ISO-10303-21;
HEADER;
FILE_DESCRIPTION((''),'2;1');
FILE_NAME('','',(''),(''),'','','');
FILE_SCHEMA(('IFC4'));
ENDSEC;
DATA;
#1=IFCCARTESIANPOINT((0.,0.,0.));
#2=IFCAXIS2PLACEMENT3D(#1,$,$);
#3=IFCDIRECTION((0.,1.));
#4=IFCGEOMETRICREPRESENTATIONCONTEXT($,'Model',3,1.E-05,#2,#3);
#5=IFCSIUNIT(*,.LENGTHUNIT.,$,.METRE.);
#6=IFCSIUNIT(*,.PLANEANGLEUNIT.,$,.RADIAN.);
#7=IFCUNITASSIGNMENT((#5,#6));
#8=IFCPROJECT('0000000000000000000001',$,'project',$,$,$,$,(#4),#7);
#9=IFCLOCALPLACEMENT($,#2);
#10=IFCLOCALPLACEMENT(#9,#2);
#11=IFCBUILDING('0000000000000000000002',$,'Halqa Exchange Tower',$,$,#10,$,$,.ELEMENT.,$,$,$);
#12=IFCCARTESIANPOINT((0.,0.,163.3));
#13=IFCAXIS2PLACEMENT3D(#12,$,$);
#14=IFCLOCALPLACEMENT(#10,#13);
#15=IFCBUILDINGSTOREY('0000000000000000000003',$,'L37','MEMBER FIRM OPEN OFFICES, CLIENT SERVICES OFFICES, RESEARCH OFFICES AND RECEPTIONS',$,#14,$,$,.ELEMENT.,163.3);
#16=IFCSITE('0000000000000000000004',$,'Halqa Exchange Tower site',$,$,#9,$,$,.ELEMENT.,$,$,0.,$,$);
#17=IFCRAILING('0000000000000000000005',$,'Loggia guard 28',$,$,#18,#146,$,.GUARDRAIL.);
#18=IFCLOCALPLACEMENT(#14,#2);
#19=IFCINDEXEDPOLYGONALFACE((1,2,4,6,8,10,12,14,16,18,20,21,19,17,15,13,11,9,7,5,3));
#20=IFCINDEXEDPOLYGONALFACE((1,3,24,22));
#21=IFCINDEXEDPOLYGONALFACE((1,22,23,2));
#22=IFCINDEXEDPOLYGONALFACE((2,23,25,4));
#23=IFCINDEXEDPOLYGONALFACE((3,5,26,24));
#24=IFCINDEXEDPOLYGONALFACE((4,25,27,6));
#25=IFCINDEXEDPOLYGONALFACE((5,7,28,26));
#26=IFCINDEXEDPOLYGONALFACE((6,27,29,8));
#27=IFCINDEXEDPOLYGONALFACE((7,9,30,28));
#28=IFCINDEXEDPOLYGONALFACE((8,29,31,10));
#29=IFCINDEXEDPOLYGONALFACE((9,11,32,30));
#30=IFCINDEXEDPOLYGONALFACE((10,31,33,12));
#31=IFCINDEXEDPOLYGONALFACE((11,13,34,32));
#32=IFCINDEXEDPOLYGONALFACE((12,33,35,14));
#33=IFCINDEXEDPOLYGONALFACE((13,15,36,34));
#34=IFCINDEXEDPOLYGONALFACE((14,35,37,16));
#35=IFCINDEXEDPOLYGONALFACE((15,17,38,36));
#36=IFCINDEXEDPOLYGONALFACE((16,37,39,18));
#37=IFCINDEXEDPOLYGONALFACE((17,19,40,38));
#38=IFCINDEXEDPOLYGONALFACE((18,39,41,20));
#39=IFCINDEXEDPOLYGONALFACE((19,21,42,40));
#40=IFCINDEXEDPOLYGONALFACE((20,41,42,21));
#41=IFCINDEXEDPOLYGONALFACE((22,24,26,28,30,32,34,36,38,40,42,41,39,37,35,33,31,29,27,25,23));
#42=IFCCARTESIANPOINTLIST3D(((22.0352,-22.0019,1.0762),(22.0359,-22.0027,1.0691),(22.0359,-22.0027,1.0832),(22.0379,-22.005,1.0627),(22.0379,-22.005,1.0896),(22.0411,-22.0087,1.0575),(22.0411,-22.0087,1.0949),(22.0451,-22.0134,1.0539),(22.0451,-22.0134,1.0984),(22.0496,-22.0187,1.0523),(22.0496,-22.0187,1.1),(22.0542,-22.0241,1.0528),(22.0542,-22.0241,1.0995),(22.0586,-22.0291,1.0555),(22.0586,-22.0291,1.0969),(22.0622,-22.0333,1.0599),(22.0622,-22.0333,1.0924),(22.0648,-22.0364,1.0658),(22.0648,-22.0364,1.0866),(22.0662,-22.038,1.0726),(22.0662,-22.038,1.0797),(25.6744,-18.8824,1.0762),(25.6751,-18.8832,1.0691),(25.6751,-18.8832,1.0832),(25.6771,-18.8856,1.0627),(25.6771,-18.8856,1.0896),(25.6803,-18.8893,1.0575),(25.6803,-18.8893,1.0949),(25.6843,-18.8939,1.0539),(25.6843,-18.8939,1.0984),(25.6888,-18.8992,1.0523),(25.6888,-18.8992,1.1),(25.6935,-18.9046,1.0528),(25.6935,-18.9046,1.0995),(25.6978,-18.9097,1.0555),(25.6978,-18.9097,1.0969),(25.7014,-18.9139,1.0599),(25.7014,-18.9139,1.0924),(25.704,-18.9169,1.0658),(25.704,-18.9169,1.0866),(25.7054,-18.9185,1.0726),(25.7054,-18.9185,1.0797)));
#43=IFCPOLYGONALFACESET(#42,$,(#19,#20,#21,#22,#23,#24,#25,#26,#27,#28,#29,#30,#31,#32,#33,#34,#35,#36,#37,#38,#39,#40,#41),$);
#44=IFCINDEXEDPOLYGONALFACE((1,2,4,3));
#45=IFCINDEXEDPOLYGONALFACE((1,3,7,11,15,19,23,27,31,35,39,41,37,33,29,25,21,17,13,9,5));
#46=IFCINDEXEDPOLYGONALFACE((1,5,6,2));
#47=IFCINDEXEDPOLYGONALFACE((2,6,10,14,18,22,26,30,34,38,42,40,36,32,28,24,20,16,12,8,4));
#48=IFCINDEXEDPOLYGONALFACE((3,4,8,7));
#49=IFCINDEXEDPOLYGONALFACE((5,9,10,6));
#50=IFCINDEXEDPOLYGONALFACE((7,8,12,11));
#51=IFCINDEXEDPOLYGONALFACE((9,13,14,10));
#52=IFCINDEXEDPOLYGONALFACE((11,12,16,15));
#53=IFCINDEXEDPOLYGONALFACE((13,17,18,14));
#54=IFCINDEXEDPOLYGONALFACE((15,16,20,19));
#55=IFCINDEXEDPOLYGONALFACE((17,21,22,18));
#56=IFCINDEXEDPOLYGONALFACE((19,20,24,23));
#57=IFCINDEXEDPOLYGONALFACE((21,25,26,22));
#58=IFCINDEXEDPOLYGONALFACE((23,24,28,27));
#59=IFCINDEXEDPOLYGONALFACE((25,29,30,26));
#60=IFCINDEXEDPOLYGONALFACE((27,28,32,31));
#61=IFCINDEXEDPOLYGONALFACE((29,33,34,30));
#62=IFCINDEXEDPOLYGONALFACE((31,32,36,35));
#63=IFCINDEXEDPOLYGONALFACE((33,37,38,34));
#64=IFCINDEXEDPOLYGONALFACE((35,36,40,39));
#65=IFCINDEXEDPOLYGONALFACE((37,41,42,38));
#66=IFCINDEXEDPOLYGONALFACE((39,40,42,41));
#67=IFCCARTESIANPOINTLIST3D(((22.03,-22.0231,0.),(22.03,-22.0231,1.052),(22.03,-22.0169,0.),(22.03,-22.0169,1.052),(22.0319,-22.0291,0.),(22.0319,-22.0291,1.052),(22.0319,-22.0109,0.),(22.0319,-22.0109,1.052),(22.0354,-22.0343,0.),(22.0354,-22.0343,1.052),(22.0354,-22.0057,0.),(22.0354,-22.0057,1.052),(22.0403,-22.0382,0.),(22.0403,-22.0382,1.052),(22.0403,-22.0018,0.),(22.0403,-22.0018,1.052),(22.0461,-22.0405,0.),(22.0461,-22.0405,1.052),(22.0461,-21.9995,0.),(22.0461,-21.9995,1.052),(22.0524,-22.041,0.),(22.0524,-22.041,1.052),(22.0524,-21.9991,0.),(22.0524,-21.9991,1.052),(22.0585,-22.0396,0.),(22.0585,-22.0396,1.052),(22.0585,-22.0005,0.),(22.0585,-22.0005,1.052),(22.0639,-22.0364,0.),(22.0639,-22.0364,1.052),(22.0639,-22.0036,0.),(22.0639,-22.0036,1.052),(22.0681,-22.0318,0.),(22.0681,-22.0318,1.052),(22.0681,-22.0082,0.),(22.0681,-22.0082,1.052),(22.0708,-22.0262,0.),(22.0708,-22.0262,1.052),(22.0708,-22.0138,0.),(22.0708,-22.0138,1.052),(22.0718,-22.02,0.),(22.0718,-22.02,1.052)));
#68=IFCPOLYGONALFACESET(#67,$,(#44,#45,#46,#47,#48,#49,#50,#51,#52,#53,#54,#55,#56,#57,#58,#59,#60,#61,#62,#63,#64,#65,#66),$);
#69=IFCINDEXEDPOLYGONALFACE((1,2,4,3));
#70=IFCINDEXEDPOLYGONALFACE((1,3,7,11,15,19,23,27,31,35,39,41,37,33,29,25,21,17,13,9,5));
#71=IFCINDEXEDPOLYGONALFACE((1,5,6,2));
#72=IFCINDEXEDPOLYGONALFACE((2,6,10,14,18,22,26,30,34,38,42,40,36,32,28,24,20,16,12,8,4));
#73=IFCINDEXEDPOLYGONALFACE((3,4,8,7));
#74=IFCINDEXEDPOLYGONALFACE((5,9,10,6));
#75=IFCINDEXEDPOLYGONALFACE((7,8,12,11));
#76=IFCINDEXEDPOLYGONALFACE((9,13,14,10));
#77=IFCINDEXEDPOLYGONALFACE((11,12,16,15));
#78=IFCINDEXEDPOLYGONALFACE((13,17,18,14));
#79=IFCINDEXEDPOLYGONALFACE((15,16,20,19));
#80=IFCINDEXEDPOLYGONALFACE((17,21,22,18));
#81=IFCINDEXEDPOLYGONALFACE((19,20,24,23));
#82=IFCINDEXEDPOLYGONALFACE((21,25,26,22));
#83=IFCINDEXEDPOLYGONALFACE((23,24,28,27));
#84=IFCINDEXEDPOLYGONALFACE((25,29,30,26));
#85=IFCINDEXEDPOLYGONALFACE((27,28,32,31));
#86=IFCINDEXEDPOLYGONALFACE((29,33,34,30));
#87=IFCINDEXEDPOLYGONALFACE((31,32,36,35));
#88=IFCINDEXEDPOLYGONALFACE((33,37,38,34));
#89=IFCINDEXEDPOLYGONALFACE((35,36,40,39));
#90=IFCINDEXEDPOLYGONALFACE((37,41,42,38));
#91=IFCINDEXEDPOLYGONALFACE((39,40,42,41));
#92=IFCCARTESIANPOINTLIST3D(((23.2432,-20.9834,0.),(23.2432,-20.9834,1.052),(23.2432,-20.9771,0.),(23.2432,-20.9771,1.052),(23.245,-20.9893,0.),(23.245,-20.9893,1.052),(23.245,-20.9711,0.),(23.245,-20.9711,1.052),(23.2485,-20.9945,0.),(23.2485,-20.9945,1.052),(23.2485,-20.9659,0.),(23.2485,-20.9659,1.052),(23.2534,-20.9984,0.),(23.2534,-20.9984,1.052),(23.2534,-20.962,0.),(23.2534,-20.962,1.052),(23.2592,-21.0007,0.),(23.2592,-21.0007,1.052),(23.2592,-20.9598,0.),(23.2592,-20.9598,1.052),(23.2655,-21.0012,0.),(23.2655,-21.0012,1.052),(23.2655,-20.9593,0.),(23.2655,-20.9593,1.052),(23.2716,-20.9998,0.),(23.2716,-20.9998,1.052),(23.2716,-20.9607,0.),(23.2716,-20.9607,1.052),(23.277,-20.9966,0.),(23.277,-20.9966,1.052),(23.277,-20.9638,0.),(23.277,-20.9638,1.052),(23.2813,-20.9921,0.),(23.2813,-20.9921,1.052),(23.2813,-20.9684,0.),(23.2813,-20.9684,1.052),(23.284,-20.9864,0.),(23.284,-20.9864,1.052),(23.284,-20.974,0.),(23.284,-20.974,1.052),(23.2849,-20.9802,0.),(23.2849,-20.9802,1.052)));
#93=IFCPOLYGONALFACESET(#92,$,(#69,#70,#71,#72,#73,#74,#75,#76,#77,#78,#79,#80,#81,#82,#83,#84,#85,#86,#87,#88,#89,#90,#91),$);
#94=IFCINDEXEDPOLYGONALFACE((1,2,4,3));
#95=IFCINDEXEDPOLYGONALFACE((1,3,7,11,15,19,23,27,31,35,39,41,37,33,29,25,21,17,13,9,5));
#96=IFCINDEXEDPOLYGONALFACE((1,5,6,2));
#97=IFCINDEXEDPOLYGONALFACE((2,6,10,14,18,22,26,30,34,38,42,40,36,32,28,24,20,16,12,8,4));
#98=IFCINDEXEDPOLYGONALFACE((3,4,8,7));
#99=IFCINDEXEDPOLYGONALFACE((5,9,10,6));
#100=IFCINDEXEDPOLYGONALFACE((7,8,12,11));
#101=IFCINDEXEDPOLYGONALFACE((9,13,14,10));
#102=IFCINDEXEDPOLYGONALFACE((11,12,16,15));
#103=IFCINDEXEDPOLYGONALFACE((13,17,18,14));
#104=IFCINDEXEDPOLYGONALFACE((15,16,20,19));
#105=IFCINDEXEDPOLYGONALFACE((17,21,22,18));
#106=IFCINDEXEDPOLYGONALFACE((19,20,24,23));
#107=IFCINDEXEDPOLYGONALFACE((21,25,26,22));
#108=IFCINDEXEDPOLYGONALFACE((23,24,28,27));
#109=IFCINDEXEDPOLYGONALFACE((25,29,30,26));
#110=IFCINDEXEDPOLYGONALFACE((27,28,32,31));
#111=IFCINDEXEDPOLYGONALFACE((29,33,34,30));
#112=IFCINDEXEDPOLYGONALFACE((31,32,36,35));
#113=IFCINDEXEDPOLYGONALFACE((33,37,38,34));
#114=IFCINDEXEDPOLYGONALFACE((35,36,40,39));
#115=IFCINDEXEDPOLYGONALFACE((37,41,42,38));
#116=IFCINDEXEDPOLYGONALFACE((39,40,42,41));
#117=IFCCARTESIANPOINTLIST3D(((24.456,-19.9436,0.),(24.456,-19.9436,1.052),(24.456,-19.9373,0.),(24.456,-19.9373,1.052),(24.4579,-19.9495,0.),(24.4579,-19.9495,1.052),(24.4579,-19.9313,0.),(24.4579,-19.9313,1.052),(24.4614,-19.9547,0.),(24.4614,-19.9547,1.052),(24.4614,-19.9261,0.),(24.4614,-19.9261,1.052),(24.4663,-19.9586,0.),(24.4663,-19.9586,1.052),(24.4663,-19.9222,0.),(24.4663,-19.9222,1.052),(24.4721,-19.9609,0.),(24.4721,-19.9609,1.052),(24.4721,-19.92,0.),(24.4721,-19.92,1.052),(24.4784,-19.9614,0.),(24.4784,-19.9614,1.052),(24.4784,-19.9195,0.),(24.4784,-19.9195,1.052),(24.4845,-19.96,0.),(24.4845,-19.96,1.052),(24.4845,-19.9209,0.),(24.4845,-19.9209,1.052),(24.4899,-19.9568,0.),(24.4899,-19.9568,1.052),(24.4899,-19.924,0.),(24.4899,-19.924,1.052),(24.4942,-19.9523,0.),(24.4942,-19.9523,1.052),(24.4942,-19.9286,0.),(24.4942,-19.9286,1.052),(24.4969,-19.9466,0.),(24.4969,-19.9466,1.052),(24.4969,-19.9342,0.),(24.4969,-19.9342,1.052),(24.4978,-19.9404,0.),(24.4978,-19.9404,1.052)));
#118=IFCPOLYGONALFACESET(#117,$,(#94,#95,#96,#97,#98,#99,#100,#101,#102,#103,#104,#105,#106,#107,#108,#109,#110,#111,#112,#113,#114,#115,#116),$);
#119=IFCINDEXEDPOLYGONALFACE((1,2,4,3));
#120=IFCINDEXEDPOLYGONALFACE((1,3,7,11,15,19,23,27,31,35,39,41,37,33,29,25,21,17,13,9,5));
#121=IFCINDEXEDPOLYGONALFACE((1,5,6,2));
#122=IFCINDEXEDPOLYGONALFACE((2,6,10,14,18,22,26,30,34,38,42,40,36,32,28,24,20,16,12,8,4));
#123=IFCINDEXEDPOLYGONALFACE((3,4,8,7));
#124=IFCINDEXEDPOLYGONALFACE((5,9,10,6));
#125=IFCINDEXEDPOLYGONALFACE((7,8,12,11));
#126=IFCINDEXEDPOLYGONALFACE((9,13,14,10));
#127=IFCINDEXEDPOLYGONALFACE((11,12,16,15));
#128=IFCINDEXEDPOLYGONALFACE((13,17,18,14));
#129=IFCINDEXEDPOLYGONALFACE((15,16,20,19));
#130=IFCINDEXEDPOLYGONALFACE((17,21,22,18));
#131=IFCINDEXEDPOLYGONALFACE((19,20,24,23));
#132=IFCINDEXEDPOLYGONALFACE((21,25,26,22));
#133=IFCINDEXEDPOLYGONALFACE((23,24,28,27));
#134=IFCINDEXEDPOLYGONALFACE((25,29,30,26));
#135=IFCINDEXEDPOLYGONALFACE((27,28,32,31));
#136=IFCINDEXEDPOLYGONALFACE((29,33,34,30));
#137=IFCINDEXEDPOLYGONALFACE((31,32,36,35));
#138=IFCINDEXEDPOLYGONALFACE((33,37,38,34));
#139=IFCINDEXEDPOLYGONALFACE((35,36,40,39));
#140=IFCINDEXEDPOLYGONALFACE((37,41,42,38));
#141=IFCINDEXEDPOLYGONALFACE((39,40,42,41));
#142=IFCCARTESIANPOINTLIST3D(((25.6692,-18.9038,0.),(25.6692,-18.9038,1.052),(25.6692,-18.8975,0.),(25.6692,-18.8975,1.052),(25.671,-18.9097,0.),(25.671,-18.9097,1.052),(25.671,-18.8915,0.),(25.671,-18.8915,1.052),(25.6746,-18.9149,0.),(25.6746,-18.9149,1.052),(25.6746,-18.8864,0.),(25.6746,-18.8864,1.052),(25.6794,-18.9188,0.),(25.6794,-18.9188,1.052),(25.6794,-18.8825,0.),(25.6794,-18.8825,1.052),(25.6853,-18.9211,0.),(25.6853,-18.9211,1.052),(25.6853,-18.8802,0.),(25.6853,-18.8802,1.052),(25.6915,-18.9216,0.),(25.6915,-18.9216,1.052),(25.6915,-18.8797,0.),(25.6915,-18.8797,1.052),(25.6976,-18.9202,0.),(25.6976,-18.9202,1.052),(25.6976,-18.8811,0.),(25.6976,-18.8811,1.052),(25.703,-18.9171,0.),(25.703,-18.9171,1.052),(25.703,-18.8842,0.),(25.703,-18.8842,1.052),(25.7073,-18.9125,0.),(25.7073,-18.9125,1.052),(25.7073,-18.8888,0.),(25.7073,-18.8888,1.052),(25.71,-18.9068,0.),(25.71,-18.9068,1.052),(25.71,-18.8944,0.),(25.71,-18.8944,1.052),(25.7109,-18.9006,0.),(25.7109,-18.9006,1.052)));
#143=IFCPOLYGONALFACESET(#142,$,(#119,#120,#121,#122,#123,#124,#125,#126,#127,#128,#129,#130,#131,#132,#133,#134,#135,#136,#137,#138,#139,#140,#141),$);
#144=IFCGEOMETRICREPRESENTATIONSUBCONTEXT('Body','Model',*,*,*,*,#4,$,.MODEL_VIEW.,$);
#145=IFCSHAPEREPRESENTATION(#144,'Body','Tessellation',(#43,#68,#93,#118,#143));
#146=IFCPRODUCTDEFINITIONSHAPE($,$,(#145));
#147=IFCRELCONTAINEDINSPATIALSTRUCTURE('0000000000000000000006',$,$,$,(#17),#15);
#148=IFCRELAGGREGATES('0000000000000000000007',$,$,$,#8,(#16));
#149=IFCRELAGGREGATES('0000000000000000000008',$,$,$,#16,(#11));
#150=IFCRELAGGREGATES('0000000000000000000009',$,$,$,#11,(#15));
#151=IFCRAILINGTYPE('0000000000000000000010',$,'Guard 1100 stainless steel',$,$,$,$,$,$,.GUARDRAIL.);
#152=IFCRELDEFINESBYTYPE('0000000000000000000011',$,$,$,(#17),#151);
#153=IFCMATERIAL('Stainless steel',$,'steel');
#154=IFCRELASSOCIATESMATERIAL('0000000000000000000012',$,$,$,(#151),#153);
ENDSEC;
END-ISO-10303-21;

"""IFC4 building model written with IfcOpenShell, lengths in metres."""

from ifc_helpers import new_model, si_unit, direction, frame, origin, origin_2d, place, context, subcontext, project, spatial, circle, extrude, material, type_object, element, save


model = new_model("IFC4")

# Units and contexts
model_context = context("Model", 3, precision=1e-05, world=origin(), true_north=direction((0.0, 1.0)))
body_context = subcontext(model_context, "Body", "Model", "MODEL_VIEW")
ifc_project = project(units=[si_unit("LENGTHUNIT", "METRE"), si_unit("PLANEANGLEUNIT", "RADIAN")], contexts=[model_context])

# Site, building, storey
site_placement = place(None, origin())
site = spatial("IfcSite", under=ifc_project, at=site_placement, Name="Halqa Exchange Tower site", CompositionType="ELEMENT", RefElevation=0.0)
building_placement = place(site_placement, origin())
building = spatial("IfcBuilding", under=site, at=building_placement, Name="Halqa Exchange Tower", CompositionType="ELEMENT")
storey_placement = place(building_placement, frame((0.0, 0.0, 163.3)))
storey = spatial("IfcBuildingStorey", under=building, at=storey_placement, Name="L37", Description="MEMBER FIRM OPEN OFFICES, CLIENT SERVICES OFFICES, RESEARCH OFFICES AND RECEPTIONS", CompositionType="ELEMENT", Elevation=163.3)

# Railing
ifc_material_1 = material(Name="Stainless steel", Category="steel")
railing_type = type_object("IfcRailingType", Name="Guard 1100 stainless steel", PredefinedType="GUARDRAIL", material=ifc_material_1)
railing_1_placement = place(storey_placement, frame((22.0508, -22.02, 0.0)))
element("IfcRailing", 1, at=railing_1_placement, inside=storey, type_object=railing_type, Name="Loggia guard 28", PredefinedType="GUARDRAIL", context=body_context, shape_type="SweptSolid", body=[
    extrude(circle(Radius=0.0239, at=origin_2d()), frame((0.0, 0.0, 1.0762), z_axis=(0.759246, 0.650804, 0.0), x_axis=(-0.650804, 0.759246, 0.0)), (0.0, 0.0, 1.0), 4.7932),
    extrude(circle(Radius=0.021, at=origin_2d()), origin(), (0.0, 0.0, 1.0), 1.052),
    extrude(circle(Radius=0.021, at=origin_2d()), frame((1.2131, 1.0398, 0.0)), (0.0, 0.0, 1.0), 1.052),
    extrude(circle(Radius=0.021, at=origin_2d()), frame((2.426, 2.0796, 0.0)), (0.0, 0.0, 1.0), 1.052),
    extrude(circle(Radius=0.021, at=origin_2d()), frame((3.6392, 3.1194, 0.0)), (0.0, 0.0, 1.0), 1.052),
])

save(model, "model.ifc")
